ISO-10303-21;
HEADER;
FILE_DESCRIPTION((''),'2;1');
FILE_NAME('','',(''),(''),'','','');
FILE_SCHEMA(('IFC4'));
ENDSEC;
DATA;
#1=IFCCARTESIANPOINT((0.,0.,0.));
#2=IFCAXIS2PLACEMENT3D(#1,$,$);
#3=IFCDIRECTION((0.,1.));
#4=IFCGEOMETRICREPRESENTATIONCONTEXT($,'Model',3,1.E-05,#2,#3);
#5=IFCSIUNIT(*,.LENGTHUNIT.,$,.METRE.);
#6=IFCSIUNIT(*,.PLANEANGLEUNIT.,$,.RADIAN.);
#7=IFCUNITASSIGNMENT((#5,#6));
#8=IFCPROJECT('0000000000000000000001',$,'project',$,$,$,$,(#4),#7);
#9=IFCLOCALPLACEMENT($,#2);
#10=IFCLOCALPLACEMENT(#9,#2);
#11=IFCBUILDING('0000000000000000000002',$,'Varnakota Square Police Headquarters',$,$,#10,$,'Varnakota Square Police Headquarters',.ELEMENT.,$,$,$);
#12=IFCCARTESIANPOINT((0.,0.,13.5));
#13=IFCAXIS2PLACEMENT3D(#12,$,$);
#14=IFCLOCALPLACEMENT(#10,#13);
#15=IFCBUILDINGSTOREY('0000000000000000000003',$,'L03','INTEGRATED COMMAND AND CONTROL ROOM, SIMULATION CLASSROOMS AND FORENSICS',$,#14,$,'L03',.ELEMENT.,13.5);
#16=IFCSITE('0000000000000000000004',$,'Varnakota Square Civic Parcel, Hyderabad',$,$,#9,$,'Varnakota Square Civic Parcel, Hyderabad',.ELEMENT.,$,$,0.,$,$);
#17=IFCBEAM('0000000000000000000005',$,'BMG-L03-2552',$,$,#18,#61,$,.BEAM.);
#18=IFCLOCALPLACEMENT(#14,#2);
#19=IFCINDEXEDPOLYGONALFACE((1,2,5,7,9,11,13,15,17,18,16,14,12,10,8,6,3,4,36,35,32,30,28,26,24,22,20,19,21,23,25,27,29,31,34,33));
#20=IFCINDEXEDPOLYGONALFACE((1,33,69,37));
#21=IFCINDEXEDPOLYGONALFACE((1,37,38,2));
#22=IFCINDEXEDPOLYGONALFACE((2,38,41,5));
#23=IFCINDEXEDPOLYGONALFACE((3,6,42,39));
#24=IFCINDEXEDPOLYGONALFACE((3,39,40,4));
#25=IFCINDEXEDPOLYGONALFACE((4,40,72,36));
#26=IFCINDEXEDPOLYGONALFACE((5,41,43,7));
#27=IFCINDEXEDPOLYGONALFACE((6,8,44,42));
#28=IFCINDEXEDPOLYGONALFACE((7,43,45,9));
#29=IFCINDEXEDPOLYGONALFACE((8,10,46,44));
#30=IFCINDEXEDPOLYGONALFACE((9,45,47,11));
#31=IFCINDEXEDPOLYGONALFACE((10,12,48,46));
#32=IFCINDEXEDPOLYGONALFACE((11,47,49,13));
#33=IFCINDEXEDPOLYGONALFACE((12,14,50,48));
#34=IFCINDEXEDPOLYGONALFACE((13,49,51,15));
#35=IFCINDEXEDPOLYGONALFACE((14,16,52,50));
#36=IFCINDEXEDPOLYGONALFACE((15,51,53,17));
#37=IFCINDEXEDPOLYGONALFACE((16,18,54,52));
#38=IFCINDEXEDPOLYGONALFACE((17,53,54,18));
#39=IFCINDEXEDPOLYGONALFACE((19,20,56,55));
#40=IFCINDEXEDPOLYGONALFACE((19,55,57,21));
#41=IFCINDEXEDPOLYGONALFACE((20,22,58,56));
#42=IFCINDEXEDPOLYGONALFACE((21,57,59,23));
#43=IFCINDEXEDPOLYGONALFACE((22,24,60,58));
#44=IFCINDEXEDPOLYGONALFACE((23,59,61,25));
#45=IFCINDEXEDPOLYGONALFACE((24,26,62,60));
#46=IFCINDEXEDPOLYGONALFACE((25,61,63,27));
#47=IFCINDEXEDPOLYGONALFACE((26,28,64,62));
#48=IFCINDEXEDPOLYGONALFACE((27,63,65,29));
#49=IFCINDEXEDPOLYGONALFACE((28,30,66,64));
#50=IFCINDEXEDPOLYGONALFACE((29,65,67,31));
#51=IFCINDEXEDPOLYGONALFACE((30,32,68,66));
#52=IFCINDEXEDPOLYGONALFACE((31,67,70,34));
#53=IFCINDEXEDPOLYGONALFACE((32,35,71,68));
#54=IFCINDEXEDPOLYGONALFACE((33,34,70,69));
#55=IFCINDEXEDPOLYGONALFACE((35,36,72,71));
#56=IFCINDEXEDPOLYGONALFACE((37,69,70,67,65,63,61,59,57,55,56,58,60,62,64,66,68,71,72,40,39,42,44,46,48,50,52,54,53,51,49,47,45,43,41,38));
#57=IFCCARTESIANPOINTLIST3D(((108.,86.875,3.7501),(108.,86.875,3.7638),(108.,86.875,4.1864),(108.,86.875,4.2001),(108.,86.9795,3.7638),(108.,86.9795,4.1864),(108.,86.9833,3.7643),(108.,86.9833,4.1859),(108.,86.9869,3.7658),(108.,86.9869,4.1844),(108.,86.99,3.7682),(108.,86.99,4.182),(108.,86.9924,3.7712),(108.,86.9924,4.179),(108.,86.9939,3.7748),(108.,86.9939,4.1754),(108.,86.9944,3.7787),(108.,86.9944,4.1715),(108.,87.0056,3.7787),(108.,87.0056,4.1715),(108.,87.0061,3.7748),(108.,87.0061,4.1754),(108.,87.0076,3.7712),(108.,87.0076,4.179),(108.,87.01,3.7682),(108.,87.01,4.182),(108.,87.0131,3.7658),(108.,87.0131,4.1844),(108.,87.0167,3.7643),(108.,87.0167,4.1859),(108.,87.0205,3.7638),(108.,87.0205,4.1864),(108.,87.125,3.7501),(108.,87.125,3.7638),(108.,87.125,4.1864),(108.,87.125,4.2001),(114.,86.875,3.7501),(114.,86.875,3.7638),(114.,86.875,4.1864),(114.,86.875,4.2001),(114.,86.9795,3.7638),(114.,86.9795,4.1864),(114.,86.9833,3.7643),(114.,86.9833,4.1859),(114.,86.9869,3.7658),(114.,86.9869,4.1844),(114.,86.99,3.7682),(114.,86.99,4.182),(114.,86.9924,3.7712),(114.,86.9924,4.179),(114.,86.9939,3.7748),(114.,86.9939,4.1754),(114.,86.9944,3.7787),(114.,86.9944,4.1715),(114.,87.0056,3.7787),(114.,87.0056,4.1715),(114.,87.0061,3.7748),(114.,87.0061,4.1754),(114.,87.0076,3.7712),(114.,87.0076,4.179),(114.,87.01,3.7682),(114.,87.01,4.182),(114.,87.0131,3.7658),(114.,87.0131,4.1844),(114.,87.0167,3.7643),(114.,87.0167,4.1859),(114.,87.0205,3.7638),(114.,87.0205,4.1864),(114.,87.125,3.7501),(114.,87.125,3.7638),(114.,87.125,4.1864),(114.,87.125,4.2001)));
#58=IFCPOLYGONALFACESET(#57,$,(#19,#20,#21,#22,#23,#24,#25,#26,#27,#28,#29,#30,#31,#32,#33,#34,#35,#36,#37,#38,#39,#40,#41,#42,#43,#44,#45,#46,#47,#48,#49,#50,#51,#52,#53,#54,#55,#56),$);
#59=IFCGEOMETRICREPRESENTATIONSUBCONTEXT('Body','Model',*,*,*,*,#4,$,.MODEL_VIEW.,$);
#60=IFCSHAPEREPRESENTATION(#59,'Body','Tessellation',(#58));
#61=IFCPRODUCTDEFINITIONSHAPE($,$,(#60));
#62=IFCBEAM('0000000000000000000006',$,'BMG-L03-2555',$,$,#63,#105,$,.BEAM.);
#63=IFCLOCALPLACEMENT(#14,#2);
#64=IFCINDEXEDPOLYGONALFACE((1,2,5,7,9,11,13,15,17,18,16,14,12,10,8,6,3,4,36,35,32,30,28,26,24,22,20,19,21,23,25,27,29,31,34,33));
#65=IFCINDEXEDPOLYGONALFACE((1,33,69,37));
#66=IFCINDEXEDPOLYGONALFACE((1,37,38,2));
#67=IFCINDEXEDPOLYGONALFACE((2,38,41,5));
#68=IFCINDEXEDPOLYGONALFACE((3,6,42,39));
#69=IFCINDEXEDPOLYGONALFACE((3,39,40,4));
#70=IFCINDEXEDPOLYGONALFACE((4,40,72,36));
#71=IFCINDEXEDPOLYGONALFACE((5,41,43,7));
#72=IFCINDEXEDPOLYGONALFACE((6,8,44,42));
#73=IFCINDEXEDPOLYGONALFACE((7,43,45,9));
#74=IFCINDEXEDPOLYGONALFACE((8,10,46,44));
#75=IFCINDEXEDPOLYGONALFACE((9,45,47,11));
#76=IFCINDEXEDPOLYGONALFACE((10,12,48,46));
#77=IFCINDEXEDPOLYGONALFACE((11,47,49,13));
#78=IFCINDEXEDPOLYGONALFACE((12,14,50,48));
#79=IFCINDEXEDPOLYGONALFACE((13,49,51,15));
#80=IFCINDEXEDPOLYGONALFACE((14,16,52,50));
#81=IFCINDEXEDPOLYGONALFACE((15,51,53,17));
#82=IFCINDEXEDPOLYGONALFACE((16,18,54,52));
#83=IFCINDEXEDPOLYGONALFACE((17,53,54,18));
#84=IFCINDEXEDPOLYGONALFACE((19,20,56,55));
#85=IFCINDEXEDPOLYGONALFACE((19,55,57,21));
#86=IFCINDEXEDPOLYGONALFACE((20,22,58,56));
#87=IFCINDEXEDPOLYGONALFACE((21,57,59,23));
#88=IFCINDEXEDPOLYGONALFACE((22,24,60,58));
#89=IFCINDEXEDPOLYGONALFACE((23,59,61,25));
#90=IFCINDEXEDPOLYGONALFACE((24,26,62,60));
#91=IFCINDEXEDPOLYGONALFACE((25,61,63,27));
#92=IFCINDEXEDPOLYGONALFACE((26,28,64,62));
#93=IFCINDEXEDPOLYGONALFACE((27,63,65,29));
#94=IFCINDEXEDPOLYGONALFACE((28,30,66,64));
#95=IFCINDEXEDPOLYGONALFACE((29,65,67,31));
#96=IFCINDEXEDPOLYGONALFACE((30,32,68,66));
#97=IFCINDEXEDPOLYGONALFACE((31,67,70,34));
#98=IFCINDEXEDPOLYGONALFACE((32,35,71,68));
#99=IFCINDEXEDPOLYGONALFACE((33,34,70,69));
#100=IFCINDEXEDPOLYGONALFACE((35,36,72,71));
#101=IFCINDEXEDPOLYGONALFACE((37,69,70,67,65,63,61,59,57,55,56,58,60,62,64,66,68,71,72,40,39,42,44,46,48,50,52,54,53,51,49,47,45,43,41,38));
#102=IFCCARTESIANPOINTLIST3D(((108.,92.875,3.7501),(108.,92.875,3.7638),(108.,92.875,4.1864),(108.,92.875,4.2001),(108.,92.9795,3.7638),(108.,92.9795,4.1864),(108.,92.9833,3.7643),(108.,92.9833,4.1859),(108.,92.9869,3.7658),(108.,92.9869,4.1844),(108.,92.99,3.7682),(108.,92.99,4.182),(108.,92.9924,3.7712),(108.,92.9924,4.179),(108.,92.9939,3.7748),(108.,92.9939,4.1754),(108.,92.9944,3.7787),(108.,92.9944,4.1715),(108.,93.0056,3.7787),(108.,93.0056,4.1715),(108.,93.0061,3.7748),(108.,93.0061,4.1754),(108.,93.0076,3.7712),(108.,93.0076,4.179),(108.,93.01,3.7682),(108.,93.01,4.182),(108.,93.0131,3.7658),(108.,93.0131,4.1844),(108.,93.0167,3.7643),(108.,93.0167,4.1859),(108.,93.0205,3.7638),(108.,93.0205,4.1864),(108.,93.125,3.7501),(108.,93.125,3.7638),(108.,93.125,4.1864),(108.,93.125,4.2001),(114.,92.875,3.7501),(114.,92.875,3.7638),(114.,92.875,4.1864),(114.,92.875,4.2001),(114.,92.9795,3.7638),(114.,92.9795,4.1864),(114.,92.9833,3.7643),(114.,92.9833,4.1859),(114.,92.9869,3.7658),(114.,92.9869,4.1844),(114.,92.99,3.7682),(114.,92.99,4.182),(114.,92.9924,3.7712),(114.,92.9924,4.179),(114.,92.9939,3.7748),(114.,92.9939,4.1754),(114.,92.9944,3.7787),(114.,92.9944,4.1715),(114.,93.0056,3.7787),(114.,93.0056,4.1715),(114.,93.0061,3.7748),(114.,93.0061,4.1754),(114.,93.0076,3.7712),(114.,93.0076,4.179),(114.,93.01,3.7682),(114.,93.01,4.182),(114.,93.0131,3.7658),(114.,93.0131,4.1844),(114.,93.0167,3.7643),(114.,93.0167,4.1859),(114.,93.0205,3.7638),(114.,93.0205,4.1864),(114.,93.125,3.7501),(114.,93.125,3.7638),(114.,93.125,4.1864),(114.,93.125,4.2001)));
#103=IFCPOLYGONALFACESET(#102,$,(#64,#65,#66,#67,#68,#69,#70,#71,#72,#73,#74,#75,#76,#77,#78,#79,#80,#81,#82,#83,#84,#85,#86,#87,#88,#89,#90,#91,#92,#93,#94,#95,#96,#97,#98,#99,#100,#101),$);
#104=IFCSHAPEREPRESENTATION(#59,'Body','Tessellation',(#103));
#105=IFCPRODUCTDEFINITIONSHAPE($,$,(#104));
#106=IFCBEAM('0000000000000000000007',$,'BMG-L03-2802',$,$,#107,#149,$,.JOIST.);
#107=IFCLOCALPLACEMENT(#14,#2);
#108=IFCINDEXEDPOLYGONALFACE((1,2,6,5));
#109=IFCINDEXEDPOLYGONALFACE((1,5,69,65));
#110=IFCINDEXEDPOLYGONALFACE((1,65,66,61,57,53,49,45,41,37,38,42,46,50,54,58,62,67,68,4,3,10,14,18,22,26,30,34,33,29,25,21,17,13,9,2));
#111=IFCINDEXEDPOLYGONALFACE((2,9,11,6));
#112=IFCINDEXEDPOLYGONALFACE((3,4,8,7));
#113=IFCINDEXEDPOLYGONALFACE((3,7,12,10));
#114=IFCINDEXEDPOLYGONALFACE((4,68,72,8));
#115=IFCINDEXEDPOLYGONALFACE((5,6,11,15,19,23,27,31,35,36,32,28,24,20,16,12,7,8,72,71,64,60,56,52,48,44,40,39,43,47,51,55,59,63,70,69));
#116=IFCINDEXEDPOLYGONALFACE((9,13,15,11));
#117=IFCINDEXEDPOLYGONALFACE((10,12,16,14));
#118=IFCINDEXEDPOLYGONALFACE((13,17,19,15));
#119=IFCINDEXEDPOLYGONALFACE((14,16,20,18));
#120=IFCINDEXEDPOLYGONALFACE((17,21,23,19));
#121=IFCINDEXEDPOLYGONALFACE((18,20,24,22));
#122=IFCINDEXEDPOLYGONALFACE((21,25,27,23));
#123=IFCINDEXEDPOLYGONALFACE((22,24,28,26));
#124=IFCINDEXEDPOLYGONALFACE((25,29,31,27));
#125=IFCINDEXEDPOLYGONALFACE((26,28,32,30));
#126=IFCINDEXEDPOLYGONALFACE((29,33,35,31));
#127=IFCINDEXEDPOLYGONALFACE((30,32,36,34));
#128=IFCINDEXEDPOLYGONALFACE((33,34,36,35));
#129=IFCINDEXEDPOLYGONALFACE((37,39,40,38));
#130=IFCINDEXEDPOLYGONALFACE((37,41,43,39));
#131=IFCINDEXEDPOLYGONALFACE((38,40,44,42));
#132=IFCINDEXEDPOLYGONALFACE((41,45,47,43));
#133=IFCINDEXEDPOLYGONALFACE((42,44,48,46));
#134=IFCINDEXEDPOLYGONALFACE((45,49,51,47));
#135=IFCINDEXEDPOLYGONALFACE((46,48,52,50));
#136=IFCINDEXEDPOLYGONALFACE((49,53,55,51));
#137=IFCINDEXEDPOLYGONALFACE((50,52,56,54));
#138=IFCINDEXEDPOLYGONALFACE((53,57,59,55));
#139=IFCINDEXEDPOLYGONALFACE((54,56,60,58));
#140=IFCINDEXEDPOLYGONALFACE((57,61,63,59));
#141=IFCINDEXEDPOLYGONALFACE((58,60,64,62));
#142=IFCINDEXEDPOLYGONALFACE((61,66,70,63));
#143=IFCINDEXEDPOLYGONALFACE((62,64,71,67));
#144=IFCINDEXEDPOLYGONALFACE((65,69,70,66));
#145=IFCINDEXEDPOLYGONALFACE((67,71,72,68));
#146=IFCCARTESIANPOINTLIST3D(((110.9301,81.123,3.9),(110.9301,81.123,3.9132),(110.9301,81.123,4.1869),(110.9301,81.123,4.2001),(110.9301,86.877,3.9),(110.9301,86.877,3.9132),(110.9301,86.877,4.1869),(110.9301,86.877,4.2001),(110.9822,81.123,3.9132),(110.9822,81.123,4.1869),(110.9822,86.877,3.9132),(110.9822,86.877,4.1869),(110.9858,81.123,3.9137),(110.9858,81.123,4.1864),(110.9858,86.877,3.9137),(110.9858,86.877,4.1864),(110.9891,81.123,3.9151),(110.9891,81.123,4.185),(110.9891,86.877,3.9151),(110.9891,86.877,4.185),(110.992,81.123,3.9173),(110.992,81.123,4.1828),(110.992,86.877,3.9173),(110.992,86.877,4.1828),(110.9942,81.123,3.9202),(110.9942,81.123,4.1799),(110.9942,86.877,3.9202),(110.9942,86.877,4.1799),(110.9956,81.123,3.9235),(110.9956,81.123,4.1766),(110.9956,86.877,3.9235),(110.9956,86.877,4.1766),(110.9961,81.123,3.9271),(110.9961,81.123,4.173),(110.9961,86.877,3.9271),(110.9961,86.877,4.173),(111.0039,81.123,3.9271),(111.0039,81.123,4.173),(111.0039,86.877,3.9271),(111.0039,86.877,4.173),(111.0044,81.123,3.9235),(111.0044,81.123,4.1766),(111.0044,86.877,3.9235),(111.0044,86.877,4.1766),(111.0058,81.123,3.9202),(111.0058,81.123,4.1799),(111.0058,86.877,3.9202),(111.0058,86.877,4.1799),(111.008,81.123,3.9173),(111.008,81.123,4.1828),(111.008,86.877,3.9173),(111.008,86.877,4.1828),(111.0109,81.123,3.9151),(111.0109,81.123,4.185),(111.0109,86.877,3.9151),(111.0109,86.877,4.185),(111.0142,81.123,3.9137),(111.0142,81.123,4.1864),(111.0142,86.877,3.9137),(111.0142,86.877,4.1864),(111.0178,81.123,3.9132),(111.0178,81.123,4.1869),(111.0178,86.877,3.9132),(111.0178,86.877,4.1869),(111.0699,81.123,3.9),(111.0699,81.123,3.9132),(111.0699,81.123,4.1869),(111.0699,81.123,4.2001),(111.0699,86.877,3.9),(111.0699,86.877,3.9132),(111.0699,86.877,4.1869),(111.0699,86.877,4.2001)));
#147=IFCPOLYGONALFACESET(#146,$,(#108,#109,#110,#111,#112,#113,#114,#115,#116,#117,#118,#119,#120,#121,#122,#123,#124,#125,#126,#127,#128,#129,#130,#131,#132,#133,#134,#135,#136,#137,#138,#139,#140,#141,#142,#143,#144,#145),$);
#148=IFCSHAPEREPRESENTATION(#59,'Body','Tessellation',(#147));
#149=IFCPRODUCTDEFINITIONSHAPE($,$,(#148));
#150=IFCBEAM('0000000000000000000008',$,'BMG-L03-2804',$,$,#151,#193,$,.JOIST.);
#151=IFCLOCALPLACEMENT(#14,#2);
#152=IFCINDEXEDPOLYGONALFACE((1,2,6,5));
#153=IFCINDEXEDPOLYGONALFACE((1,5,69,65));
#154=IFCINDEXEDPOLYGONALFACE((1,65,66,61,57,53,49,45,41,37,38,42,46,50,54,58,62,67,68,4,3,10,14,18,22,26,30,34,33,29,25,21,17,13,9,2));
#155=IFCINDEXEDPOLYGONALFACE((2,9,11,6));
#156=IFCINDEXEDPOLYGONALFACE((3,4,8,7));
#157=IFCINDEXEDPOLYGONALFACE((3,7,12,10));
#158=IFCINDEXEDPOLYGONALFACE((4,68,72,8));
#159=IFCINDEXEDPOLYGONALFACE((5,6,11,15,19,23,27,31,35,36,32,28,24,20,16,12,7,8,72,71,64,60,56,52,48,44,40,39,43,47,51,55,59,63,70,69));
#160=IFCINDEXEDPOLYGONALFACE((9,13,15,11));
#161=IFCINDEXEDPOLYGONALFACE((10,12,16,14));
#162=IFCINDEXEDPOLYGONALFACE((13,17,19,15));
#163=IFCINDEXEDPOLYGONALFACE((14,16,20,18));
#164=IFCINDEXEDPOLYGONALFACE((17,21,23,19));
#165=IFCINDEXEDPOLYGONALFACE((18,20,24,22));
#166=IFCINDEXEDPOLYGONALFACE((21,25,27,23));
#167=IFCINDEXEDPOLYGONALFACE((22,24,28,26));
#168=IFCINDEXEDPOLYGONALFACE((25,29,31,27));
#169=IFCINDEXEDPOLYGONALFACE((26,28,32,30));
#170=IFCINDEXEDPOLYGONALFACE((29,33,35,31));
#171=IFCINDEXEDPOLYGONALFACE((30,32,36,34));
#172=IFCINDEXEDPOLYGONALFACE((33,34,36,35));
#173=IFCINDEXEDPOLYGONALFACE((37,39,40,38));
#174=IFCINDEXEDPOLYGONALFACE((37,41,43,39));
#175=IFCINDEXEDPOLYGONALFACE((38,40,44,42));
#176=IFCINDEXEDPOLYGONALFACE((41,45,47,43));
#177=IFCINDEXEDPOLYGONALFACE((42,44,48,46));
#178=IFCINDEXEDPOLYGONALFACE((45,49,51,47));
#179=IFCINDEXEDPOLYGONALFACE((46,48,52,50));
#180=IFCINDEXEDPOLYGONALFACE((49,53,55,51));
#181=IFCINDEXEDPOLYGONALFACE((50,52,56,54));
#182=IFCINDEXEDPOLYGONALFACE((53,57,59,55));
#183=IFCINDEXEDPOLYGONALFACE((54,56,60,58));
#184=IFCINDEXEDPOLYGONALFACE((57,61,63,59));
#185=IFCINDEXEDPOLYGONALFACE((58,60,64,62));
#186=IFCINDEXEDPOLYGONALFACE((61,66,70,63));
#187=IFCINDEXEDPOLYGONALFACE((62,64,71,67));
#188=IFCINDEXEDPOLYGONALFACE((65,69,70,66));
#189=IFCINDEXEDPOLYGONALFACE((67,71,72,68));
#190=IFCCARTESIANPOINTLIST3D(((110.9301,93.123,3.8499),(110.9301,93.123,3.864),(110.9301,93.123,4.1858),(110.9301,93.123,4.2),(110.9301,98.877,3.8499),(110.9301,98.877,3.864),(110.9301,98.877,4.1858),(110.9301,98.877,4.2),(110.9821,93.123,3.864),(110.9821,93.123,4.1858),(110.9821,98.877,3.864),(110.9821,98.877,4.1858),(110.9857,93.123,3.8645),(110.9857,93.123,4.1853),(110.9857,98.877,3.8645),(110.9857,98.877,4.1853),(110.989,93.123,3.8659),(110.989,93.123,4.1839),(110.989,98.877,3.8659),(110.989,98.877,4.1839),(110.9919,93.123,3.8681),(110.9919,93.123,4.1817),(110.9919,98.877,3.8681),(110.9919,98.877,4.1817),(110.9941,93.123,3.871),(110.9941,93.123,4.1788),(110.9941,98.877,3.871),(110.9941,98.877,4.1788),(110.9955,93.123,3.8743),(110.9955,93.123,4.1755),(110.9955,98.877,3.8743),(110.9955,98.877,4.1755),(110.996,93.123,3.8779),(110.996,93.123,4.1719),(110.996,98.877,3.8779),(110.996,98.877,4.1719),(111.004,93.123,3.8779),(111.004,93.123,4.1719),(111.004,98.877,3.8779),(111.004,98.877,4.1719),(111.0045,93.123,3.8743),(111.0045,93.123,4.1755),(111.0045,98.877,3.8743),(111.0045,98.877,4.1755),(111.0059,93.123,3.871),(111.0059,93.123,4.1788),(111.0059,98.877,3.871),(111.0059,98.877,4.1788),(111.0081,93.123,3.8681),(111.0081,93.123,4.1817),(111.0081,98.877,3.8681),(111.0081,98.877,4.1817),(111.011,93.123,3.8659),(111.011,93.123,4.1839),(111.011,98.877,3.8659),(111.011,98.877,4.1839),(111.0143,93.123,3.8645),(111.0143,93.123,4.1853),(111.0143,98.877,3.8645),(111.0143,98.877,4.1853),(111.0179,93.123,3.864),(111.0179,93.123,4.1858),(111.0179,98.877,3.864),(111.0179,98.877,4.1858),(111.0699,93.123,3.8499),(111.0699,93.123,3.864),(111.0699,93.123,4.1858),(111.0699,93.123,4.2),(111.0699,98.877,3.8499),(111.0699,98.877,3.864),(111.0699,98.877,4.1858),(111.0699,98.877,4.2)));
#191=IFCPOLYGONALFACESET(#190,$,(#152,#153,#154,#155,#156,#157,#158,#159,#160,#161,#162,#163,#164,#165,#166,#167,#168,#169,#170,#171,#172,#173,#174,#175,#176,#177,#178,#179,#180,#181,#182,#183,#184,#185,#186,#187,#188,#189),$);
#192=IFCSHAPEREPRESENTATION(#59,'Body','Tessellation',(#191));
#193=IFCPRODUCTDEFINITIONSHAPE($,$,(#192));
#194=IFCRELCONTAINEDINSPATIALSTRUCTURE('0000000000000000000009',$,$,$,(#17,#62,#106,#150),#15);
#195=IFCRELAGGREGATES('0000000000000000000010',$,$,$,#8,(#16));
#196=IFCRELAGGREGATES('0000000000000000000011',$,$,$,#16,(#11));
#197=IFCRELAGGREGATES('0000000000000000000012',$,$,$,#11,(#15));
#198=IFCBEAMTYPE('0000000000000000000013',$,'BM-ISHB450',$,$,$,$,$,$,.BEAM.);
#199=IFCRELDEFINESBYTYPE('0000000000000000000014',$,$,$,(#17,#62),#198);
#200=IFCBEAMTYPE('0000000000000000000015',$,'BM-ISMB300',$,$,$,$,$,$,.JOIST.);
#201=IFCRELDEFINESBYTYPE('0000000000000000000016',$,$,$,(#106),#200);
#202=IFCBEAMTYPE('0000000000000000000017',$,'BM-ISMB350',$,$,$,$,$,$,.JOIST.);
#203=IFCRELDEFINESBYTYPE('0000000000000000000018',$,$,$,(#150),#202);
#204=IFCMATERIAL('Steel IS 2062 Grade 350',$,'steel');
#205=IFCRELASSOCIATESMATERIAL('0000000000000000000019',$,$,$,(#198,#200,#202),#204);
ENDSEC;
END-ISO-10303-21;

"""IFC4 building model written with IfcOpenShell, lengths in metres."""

from ifc_helpers import new_model, si_unit, direction, frame, origin, origin_2d, place, context, subcontext, project, spatial, i_section, extrude, material, material_profile, profile_set, type_object, element, save


model = new_model("IFC4")

# Units and contexts
model_context = context("Model", 3, precision=1e-05, world=origin(), true_north=direction((0.0, 1.0)))
body_context = subcontext(model_context, "Body", "Model", "MODEL_VIEW")
ifc_project = project(units=[si_unit("LENGTHUNIT", "METRE"), si_unit("PLANEANGLEUNIT", "RADIAN")], contexts=[model_context])

# Site, building, storey
site_placement = place(None, origin())
site = spatial("IfcSite", under=ifc_project, at=site_placement, Name="Varnakota Square Civic Parcel, Hyderabad", LongName="Varnakota Square Civic Parcel, Hyderabad", CompositionType="ELEMENT", RefElevation=0.0)
building_placement = place(site_placement, origin())
building = spatial("IfcBuilding", under=site, at=building_placement, Name="Varnakota Square Police Headquarters", LongName="Varnakota Square Police Headquarters", CompositionType="ELEMENT")
storey_placement = place(building_placement, frame((0.0, 0.0, 13.5)))
storey = spatial("IfcBuildingStorey", under=building, at=storey_placement, Name="L03", Description="INTEGRATED COMMAND AND CONTROL ROOM, SIMULATION CLASSROOMS AND FORENSICS", LongName="L03", CompositionType="ELEMENT", Elevation=13.5)

# Shared definitions
ifc_material_1 = material(Name="Steel IS 2062 Grade 350", Category="steel")

# Beams
ifc_material_profile_1 = material_profile(ifc_material_1, i_section(OverallWidth=0.25, OverallDepth=0.45, WebThickness=0.0112, FlangeThickness=0.0137, FilletRadius=0.0149, at=origin_2d()), Name="ISHB 450")
ifc_profile_set_1 = profile_set([ifc_material_profile_1], Name="Steel IS 2062 Grade 350")
beam_type_1 = type_object("IfcBeamType", Name="BM-ISHB450", PredefinedType="BEAM", material=ifc_profile_set_1)
for number, where, z_axis, x_axis, name in (
    (1, (108.0, 87.0, 3.9751), (1.0, 0.0, 0.0), (0.0, 1.0, 0.0), "BMG-L03-2552"),
    (2, (108.0, 93.0, 3.9751), (1.0, 0.0, 0.0), (0.0, 1.0, 0.0), "BMG-L03-2555"),
):
    element("IfcBeam", number, at=place(storey_placement, frame(where, z_axis=z_axis, x_axis=x_axis)), inside=storey, type_object=beam_type_1, Name=name, PredefinedType="BEAM", context=body_context, shape_type="SweptSolid", body=[
        extrude(i_section(OverallWidth=0.25, OverallDepth=0.45, WebThickness=0.0112, FlangeThickness=0.0137, FilletRadius=0.0149, at=origin_2d()), origin(), (0.0, 0.0, 1.0), 6.0),
    ])
ifc_material_profile_2 = material_profile(ifc_material_1, i_section(OverallWidth=0.1399, OverallDepth=0.3, WebThickness=0.0078, FlangeThickness=0.0132, FilletRadius=0.0139, at=origin_2d()), Name="ISMB 300")
ifc_profile_set_2 = profile_set([ifc_material_profile_2], Name="Steel IS 2062 Grade 350")
beam_type_2 = type_object("IfcBeamType", Name="BM-ISMB300", PredefinedType="JOIST", material=ifc_profile_set_2)
beam_1_placement = place(storey_placement, frame((111.0, 81.123, 4.05), z_axis=(0.0, 1.0, 0.0), x_axis=(-1.0, 0.0, 0.0)))
element("IfcBeam", 3, at=beam_1_placement, inside=storey, type_object=beam_type_2, Name="BMG-L03-2802", PredefinedType="JOIST", context=body_context, shape_type="SweptSolid", body=[
    extrude(i_section(OverallWidth=0.1399, OverallDepth=0.3, WebThickness=0.0078, FlangeThickness=0.0132, FilletRadius=0.0139, at=origin_2d()), origin(), (0.0, 0.0, 1.0), 5.7539),
])
ifc_material_profile_3 = material_profile(ifc_material_1, i_section(OverallWidth=0.1399, OverallDepth=0.3501, WebThickness=0.0081, FlangeThickness=0.0142, FilletRadius=0.0139, at=origin_2d()), Name="ISMB 350")
ifc_profile_set_3 = profile_set([ifc_material_profile_3], Name="Steel IS 2062 Grade 350")
beam_type_3 = type_object("IfcBeamType", Name="BM-ISMB350", PredefinedType="JOIST", material=ifc_profile_set_3)
beam_2_placement = place(storey_placement, frame((111.0, 93.123, 4.0249), z_axis=(0.0, 1.0, 0.0), x_axis=(-1.0, 0.0, 0.0)))
element("IfcBeam", 4, at=beam_2_placement, inside=storey, type_object=beam_type_3, Name="BMG-L03-2804", PredefinedType="JOIST", context=body_context, shape_type="SweptSolid", body=[
    extrude(i_section(OverallWidth=0.1399, OverallDepth=0.3501, WebThickness=0.0081, FlangeThickness=0.0142, FilletRadius=0.0139, at=origin_2d()), origin(), (0.0, 0.0, 1.0), 5.7539),
])

save(model, "model.ifc")
